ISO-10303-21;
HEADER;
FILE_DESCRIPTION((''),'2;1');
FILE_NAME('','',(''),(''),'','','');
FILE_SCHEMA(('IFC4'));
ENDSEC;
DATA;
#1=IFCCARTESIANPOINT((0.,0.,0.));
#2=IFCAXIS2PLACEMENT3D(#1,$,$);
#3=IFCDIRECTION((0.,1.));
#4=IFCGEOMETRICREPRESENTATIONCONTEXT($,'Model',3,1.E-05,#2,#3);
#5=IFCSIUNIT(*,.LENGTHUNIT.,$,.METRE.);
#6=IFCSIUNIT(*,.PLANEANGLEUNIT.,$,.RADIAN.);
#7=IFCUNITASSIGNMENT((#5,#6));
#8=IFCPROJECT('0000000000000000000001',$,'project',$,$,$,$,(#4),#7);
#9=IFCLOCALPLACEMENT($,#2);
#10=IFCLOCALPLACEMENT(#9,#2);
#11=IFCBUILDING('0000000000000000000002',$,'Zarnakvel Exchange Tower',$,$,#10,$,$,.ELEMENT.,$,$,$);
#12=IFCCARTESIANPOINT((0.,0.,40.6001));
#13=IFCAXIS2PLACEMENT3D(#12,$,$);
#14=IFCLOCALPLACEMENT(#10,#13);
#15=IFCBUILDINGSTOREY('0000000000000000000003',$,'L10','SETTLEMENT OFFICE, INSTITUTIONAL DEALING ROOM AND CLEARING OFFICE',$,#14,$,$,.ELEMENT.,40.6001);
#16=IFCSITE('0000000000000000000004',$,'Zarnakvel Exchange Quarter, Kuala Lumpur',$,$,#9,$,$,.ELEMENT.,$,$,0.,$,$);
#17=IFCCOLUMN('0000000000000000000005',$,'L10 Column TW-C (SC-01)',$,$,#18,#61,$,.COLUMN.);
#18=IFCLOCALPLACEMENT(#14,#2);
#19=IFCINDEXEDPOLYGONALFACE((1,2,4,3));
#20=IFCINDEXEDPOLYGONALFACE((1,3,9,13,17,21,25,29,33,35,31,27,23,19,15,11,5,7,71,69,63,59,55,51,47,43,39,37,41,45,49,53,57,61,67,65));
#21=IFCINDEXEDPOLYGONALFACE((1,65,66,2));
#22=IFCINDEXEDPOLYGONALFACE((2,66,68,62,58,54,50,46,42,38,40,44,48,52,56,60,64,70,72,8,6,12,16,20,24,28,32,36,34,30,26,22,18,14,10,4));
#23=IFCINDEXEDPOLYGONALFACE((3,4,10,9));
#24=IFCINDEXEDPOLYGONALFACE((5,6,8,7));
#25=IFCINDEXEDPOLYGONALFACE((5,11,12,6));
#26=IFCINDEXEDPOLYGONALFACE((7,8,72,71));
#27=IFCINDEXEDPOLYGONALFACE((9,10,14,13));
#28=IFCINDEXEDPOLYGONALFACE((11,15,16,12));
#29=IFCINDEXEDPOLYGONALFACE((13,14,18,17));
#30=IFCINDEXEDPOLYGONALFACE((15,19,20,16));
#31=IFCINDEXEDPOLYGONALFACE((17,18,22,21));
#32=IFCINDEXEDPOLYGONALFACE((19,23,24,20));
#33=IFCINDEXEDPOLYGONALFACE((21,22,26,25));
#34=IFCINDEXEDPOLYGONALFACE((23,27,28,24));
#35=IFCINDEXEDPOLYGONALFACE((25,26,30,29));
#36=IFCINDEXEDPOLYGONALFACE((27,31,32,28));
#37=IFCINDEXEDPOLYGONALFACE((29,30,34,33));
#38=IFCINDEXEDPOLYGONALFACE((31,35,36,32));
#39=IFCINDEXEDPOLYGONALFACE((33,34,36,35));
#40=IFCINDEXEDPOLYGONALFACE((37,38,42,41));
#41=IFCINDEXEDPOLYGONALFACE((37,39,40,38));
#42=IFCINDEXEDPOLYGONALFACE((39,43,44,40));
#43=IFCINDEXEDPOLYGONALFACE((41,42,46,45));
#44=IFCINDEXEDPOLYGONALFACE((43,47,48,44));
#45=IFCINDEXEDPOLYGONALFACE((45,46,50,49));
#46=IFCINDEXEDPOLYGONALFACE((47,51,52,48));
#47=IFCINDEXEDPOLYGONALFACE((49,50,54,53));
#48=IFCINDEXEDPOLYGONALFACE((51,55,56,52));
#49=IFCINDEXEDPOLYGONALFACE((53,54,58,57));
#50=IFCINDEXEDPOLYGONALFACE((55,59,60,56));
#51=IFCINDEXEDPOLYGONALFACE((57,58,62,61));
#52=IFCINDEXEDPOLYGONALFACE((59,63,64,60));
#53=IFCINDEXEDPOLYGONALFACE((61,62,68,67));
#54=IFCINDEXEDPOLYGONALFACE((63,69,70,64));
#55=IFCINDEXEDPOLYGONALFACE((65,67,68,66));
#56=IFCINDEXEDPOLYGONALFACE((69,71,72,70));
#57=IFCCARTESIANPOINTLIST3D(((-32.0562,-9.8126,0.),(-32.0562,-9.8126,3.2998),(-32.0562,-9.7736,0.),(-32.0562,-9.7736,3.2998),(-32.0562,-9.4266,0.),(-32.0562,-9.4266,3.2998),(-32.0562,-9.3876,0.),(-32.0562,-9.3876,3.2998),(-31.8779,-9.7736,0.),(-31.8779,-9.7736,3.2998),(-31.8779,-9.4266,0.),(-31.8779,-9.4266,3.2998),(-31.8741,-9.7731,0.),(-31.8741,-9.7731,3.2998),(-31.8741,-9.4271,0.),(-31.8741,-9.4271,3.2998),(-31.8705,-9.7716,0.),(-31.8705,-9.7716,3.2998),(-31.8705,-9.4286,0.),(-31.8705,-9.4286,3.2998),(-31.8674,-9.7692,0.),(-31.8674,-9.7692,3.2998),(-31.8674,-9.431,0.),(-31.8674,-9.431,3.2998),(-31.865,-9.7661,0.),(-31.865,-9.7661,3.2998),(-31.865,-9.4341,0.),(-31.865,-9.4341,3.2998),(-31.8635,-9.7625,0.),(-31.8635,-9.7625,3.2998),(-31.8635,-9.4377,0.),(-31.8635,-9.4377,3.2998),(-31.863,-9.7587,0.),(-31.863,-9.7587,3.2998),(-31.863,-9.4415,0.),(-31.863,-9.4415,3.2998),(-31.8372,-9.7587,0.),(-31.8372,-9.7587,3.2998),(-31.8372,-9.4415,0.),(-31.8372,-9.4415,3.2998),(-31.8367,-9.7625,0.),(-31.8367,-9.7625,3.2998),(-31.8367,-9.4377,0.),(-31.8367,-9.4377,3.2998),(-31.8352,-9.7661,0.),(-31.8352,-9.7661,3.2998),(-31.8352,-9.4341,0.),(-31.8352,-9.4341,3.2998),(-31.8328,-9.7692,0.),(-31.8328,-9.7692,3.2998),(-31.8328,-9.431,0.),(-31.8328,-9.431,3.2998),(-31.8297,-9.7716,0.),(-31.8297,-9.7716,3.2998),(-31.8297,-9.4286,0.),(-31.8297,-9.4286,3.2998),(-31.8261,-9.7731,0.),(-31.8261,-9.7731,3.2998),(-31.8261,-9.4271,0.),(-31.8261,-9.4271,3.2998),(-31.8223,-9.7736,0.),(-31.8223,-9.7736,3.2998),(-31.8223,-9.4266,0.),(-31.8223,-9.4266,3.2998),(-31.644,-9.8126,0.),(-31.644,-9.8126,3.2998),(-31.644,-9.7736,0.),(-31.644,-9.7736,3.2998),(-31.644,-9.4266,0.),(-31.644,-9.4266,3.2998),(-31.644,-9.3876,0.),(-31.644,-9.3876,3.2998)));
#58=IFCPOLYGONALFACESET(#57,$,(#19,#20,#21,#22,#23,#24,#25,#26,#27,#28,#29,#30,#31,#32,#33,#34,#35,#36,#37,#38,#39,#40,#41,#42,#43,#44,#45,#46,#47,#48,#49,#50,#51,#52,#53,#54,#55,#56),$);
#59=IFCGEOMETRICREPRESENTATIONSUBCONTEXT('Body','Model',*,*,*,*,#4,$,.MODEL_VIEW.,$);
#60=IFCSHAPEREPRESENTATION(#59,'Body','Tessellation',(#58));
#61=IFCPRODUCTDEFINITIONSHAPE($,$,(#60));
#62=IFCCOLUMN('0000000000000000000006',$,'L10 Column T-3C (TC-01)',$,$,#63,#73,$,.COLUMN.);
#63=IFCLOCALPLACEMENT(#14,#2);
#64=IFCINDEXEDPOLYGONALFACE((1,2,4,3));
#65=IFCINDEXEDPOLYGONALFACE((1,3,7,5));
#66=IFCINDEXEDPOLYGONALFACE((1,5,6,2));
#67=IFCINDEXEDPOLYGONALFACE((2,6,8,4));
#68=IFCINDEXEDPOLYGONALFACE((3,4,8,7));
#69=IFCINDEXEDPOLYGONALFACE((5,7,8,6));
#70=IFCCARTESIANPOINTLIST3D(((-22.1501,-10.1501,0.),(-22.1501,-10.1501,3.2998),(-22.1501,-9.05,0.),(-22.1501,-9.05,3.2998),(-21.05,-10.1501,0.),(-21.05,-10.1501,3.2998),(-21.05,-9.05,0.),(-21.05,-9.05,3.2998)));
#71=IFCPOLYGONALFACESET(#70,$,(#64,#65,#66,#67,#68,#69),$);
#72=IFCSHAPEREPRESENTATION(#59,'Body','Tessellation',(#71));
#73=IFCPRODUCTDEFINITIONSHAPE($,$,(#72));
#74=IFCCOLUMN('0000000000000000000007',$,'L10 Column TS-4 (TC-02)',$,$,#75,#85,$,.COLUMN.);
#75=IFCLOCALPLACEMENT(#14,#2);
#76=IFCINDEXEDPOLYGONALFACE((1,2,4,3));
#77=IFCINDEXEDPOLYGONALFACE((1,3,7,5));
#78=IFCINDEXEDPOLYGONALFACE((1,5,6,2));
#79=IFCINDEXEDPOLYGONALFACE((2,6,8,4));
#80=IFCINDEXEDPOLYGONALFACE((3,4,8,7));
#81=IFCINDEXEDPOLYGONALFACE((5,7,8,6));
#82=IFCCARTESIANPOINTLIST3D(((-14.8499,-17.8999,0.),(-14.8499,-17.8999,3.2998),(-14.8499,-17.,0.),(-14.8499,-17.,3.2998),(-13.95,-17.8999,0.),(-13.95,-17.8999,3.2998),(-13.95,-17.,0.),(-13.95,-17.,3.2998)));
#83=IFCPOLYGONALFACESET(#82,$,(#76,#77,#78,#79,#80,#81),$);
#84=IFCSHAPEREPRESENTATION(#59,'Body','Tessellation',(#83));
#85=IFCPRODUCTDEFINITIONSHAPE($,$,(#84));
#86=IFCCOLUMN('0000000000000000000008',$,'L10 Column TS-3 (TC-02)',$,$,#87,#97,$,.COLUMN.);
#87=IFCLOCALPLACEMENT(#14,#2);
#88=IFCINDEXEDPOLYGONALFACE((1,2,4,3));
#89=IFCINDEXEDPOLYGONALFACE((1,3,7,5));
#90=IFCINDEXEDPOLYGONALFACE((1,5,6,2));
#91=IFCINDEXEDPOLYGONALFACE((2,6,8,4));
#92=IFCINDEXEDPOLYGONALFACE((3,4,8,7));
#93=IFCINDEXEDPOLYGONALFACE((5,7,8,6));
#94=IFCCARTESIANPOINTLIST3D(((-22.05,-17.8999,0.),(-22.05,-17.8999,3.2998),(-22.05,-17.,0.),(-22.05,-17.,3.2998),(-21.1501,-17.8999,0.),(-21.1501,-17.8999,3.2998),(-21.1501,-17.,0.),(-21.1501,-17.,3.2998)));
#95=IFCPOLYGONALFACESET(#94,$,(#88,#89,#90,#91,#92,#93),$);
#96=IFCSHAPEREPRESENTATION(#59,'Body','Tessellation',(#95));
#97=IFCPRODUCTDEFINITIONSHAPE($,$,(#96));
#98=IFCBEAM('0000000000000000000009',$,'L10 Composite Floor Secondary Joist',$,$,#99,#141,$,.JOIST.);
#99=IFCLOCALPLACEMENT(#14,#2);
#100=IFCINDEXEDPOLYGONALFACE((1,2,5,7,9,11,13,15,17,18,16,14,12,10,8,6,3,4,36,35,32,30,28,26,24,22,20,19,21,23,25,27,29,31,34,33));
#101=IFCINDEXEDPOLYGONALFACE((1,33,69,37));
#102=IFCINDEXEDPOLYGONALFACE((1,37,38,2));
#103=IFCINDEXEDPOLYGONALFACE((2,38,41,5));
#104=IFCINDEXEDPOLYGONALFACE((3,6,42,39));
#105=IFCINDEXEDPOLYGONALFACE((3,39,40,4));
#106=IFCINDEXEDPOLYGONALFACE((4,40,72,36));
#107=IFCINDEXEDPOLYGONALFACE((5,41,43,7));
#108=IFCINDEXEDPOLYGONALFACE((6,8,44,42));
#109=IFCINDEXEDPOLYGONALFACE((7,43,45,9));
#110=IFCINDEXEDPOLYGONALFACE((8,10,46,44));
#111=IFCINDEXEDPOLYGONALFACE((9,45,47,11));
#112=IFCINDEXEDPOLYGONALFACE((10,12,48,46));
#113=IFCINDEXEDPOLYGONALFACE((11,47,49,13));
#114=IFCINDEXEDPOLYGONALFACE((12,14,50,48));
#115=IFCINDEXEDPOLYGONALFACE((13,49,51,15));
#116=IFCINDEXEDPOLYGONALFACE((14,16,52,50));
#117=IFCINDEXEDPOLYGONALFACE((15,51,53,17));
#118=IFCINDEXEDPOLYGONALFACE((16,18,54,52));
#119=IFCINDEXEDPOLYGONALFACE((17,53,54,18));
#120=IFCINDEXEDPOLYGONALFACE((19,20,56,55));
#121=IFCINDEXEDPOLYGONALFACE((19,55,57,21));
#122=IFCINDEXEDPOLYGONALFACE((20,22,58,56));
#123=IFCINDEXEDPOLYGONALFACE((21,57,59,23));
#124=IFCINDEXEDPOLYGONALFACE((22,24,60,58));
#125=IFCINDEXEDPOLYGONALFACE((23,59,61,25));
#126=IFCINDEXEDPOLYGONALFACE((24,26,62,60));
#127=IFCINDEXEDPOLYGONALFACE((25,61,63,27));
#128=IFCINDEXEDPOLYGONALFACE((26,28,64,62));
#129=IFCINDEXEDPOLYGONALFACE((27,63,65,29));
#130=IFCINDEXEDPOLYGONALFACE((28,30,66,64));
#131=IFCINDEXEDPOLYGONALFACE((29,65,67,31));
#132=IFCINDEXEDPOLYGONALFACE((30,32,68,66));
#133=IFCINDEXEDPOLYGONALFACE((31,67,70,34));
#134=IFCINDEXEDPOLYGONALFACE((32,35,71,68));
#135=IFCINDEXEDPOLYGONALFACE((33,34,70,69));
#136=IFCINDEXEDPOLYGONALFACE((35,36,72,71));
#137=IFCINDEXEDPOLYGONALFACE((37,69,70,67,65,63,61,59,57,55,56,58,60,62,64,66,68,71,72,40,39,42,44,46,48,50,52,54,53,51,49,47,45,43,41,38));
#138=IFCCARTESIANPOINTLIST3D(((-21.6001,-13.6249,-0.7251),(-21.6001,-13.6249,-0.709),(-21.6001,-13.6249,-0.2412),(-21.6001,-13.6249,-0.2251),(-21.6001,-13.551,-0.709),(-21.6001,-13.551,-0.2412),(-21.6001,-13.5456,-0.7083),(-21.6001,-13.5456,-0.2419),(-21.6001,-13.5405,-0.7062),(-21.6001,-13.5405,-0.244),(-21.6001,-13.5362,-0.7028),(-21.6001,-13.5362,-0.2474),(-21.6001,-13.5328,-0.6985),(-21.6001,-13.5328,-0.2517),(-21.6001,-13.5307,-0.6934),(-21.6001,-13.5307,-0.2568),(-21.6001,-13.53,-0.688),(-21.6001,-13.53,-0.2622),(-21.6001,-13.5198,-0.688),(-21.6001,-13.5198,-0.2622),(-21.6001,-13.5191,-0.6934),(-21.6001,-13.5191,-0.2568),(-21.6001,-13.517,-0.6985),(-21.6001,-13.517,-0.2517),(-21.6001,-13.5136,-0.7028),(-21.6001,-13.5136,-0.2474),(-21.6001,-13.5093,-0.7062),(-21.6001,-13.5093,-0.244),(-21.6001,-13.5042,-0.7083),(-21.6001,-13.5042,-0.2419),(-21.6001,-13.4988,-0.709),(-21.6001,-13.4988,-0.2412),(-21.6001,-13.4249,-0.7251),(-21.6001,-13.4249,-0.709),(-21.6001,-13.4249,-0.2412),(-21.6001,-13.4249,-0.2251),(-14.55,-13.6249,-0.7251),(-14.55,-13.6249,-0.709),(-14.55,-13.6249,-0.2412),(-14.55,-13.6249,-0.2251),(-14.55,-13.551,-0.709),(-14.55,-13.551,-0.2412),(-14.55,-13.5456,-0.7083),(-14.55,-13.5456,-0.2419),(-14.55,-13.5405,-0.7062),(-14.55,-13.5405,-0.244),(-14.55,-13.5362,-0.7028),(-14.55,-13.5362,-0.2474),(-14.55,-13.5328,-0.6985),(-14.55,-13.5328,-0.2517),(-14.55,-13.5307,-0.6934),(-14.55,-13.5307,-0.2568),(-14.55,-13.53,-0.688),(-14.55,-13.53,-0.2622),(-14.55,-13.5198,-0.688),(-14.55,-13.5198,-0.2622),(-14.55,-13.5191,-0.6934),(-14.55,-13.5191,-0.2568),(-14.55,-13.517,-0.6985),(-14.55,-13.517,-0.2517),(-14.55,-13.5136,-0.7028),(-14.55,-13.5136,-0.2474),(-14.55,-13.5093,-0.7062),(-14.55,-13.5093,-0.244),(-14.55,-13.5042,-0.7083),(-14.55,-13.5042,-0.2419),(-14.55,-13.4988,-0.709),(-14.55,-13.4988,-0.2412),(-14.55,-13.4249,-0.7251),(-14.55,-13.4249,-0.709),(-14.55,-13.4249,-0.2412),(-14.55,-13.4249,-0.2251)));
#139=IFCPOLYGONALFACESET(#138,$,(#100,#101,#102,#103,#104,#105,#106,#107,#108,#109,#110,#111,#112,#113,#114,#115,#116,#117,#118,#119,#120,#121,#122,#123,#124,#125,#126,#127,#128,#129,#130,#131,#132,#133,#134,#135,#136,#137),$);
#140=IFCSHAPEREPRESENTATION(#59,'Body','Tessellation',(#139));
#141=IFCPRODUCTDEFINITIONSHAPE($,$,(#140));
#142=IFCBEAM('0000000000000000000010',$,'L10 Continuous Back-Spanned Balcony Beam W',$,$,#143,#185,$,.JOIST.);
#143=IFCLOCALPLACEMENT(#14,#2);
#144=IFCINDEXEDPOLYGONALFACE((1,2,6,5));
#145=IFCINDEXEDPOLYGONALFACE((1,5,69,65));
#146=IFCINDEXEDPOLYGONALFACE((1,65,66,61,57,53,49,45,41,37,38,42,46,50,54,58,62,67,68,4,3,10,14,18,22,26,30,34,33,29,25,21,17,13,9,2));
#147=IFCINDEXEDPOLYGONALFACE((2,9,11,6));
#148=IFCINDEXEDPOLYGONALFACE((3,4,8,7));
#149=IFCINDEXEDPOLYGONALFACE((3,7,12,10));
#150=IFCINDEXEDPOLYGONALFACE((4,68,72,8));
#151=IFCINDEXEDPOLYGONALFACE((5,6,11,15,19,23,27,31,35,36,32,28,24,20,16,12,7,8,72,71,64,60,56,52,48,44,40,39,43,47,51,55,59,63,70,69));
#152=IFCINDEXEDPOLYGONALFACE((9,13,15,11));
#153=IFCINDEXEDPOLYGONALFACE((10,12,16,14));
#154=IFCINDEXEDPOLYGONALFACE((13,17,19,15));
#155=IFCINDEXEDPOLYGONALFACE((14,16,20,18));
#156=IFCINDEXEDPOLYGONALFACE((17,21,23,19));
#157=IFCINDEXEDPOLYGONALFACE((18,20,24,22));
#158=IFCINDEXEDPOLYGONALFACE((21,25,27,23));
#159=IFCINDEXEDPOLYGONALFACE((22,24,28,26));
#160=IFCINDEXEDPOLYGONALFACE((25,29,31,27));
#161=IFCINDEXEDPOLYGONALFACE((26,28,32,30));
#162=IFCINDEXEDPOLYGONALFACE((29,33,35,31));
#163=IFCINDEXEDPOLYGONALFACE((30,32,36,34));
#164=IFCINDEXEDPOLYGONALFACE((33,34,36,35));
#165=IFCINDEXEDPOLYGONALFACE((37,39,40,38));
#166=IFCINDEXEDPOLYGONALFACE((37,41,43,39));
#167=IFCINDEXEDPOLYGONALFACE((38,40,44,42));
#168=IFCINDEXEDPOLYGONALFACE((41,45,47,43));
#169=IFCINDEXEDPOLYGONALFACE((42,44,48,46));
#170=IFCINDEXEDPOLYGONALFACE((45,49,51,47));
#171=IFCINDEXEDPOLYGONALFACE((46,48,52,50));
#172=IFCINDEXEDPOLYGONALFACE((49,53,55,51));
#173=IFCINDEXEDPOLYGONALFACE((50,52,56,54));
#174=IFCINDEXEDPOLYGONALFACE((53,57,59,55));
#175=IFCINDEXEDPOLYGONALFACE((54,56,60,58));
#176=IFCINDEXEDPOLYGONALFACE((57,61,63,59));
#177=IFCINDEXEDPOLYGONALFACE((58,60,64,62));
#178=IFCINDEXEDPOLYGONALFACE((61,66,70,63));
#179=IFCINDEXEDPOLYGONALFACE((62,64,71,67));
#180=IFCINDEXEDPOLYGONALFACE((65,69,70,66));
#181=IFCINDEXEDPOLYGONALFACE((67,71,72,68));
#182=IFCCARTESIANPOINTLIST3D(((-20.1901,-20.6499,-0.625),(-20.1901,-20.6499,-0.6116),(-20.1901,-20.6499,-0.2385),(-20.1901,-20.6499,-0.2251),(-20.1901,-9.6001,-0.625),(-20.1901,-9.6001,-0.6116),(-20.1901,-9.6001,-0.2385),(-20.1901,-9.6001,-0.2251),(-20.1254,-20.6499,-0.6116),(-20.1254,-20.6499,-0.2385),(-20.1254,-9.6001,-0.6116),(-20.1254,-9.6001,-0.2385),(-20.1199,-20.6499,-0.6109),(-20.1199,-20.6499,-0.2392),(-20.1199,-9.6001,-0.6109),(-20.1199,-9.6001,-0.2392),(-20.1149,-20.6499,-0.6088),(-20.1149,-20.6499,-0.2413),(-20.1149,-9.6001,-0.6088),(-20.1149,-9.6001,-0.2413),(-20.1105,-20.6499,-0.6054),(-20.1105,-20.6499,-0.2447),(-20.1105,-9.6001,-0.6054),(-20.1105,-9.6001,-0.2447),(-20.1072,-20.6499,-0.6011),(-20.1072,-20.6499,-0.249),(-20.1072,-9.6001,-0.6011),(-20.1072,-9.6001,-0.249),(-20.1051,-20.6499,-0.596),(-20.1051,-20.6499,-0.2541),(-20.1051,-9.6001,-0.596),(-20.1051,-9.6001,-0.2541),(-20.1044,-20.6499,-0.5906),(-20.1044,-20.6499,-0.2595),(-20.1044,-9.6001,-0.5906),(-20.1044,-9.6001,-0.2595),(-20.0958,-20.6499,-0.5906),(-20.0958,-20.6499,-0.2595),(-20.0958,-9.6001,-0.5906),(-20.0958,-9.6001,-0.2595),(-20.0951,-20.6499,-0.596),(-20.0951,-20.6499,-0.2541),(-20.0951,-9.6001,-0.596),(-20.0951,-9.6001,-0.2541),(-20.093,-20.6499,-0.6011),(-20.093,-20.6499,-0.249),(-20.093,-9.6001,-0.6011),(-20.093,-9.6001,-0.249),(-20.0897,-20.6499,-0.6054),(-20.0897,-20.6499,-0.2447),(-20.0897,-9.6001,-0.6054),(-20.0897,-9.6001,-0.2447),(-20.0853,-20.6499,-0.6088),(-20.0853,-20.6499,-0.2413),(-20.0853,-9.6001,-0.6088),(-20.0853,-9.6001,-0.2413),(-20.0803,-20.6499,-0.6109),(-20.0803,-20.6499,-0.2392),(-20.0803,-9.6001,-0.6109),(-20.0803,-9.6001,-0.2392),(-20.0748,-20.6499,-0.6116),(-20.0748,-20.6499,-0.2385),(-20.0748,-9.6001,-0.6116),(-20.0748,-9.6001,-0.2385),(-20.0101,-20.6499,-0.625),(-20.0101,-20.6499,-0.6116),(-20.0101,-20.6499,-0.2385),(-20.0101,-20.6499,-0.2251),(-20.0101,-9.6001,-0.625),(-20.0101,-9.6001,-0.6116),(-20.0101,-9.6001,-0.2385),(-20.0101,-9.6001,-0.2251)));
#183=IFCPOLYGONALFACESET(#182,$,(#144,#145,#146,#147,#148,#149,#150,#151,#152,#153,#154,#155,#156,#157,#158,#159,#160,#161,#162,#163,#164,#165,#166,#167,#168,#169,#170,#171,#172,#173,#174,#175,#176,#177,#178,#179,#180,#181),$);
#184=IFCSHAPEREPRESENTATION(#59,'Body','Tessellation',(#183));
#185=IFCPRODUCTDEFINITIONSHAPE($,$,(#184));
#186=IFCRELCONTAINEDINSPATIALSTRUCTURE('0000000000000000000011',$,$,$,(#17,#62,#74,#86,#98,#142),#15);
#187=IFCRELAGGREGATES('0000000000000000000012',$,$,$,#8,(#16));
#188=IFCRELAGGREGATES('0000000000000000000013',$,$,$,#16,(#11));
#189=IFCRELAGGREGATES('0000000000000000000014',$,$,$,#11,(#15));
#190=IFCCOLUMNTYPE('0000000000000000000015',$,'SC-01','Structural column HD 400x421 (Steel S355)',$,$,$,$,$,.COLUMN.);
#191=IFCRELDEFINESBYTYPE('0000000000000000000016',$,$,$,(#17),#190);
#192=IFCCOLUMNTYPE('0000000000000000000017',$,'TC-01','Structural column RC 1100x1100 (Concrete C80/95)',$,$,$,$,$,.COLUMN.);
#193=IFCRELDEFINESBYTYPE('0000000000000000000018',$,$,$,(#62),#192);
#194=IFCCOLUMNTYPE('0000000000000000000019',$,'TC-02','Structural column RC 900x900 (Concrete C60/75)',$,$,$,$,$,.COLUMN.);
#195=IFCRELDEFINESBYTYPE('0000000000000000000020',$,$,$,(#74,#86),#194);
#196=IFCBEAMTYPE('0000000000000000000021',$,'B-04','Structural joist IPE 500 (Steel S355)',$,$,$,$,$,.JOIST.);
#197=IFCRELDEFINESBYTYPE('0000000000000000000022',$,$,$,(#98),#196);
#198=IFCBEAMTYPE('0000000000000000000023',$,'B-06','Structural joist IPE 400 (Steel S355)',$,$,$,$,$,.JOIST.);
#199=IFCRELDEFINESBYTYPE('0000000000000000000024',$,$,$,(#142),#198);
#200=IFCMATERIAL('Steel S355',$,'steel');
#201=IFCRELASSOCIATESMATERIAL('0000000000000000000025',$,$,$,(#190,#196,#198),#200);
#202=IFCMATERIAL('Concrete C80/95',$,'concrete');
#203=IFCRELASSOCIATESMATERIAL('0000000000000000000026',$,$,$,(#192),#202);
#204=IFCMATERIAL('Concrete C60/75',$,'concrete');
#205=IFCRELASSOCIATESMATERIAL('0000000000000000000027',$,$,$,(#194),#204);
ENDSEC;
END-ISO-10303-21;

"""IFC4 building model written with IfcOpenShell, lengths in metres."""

from ifc_helpers import new_model, si_unit, direction, frame, origin, origin_2d, place, context, subcontext, project, spatial, rectangle, i_section, extrude, material, material_profile, profile_set, type_object, element, save


model = new_model("IFC4")

# Units and contexts
model_context = context("Model", 3, precision=1e-05, world=origin(), true_north=direction((0.0, 1.0)))
body_context = subcontext(model_context, "Body", "Model", "MODEL_VIEW")
ifc_project = project(units=[si_unit("LENGTHUNIT", "METRE"), si_unit("PLANEANGLEUNIT", "RADIAN")], contexts=[model_context])

# Site, building, storey
site_placement = place(None, origin())
site = spatial("IfcSite", under=ifc_project, at=site_placement, Name="Zarnakvel Exchange Quarter, Kuala Lumpur", CompositionType="ELEMENT", RefElevation=0.0)
building_placement = place(site_placement, origin())
building = spatial("IfcBuilding", under=site, at=building_placement, Name="Zarnakvel Exchange Tower", CompositionType="ELEMENT")
storey_placement = place(building_placement, frame((0.0, 0.0, 40.6001)))
storey = spatial("IfcBuildingStorey", under=building, at=storey_placement, Name="L10", Description="SETTLEMENT OFFICE, INSTITUTIONAL DEALING ROOM AND CLEARING OFFICE", CompositionType="ELEMENT", Elevation=40.6001)

# Columns
ifc_material_1 = material(Name="Steel S355", Category="steel")
ifc_material_profile_1 = material_profile(ifc_material_1, i_section(OverallWidth=0.4121, OverallDepth=0.425, WebThickness=0.0259, FlangeThickness=0.0391, FilletRadius=0.0149, at=origin_2d()))
ifc_profile_set_1 = profile_set([ifc_material_profile_1], Name="Steel S355")
column_type_1 = type_object("IfcColumnType", Name="SC-01", Description="Structural column HD 400x421 (Steel S355)", PredefinedType="COLUMN", material=ifc_profile_set_1)
column_1_placement = place(storey_placement, frame((-31.8501, -9.6001, 0.0), z_axis=(0.0, 0.0, 1.0), x_axis=(1.0, 0.0, 0.0)))
element("IfcColumn", 1, at=column_1_placement, inside=storey, type_object=column_type_1, Name="L10 Column TW-C (SC-01)", PredefinedType="COLUMN", context=body_context, shape_type="SweptSolid", body=[
    extrude(i_section(OverallWidth=0.4121, OverallDepth=0.425, WebThickness=0.0259, FlangeThickness=0.0391, FilletRadius=0.0149, at=origin_2d()), origin(), (0.0, 0.0, 1.0), 3.2998),
])
ifc_material_2 = material(Name="Concrete C80/95", Category="concrete")
ifc_material_profile_2 = material_profile(ifc_material_2, rectangle(XDim=1.1001, YDim=1.1001, at=origin_2d()))
ifc_profile_set_2 = profile_set([ifc_material_profile_2], Name="Concrete C80/95")
column_type_2 = type_object("IfcColumnType", Name="TC-01", Description="Structural column RC 1100x1100 (Concrete C80/95)", PredefinedType="COLUMN", material=ifc_profile_set_2)
column_2_placement = place(storey_placement, frame((-21.6001, -9.6001, 0.0), z_axis=(0.0, 0.0, 1.0), x_axis=(1.0, 0.0, 0.0)))
element("IfcColumn", 2, at=column_2_placement, inside=storey, type_object=column_type_2, Name="L10 Column T-3C (TC-01)", PredefinedType="COLUMN", context=body_context, shape_type="SweptSolid", body=[
    extrude(rectangle(XDim=1.1001, YDim=1.1001, at=origin_2d()), origin(), (0.0, 0.0, 1.0), 3.2998),
])
ifc_material_3 = material(Name="Concrete C60/75", Category="concrete")
ifc_material_profile_3 = material_profile(ifc_material_3, rectangle(XDim=0.8999, YDim=0.8999, at=origin_2d()))
ifc_profile_set_3 = profile_set([ifc_material_profile_3], Name="Concrete C60/75")
column_type_3 = type_object("IfcColumnType", Name="TC-02", Description="Structural column RC 900x900 (Concrete C60/75)", PredefinedType="COLUMN", material=ifc_profile_set_3)
for number, where, z_axis, x_axis, name in (
    (3, (-14.3999, -17.45, 0.0), (0.0, 0.0, 1.0), (1.0, 0.0, 0.0), "L10 Column TS-4 (TC-02)"),
    (4, (-21.6001, -17.45, 0.0), (0.0, 0.0, 1.0), (1.0, 0.0, 0.0), "L10 Column TS-3 (TC-02)"),
):
    element("IfcColumn", number, at=place(storey_placement, frame(where, z_axis=z_axis, x_axis=x_axis)), inside=storey, type_object=column_type_3, Name=name, PredefinedType="COLUMN", context=body_context, shape_type="SweptSolid", body=[
        extrude(rectangle(XDim=0.8999, YDim=0.8999, at=origin_2d()), origin(), (0.0, 0.0, 1.0), 3.2998),
    ])

# Beams
ifc_material_profile_4 = material_profile(ifc_material_1, i_section(OverallWidth=0.2, OverallDepth=0.5, WebThickness=0.0103, FlangeThickness=0.0161, FilletRadius=0.021, at=origin_2d()))
ifc_profile_set_4 = profile_set([ifc_material_profile_4], Name="Steel S355")
beam_type_1 = type_object("IfcBeamType", Name="B-04", Description="Structural joist IPE 500 (Steel S355)", PredefinedType="JOIST", material=ifc_profile_set_4)
beam_1_placement = place(storey_placement, frame((-21.6001, -13.5249, -0.4751), z_axis=(1.0, 0.0, 0.0), x_axis=(0.0, 1.0, 0.0)))
element("IfcBeam", 5, at=beam_1_placement, inside=storey, type_object=beam_type_1, Name="L10 Composite Floor Secondary Joist", PredefinedType="JOIST", context=body_context, shape_type="SweptSolid", body=[
    extrude(i_section(OverallWidth=0.2, OverallDepth=0.5, WebThickness=0.0103, FlangeThickness=0.0161, FilletRadius=0.021, at=origin_2d()), origin(), (0.0, 0.0, 1.0), 7.05),
])
ifc_material_profile_5 = material_profile(ifc_material_1, i_section(OverallWidth=0.1799, OverallDepth=0.3999, WebThickness=0.0085, FlangeThickness=0.0134, FilletRadius=0.021, at=origin_2d()))
ifc_profile_set_5 = profile_set([ifc_material_profile_5], Name="Steel S355")
beam_type_2 = type_object("IfcBeamType", Name="B-06", Description="Structural joist IPE 400 (Steel S355)", PredefinedType="JOIST", material=ifc_profile_set_5)
beam_2_placement = place(storey_placement, frame((-20.1001, -9.6001, -0.425), z_axis=(0.0, -1.0, 0.0), x_axis=(1.0, 0.0, 0.0)))
element("IfcBeam", 6, at=beam_2_placement, inside=storey, type_object=beam_type_2, Name="L10 Continuous Back-Spanned Balcony Beam W", PredefinedType="JOIST", context=body_context, shape_type="SweptSolid", body=[
    extrude(i_section(OverallWidth=0.1799, OverallDepth=0.3999, WebThickness=0.0085, FlangeThickness=0.0134, FilletRadius=0.021, at=origin_2d()), origin(), (0.0, 0.0, 1.0), 11.0498),
])

save(model, "model.ifc")
